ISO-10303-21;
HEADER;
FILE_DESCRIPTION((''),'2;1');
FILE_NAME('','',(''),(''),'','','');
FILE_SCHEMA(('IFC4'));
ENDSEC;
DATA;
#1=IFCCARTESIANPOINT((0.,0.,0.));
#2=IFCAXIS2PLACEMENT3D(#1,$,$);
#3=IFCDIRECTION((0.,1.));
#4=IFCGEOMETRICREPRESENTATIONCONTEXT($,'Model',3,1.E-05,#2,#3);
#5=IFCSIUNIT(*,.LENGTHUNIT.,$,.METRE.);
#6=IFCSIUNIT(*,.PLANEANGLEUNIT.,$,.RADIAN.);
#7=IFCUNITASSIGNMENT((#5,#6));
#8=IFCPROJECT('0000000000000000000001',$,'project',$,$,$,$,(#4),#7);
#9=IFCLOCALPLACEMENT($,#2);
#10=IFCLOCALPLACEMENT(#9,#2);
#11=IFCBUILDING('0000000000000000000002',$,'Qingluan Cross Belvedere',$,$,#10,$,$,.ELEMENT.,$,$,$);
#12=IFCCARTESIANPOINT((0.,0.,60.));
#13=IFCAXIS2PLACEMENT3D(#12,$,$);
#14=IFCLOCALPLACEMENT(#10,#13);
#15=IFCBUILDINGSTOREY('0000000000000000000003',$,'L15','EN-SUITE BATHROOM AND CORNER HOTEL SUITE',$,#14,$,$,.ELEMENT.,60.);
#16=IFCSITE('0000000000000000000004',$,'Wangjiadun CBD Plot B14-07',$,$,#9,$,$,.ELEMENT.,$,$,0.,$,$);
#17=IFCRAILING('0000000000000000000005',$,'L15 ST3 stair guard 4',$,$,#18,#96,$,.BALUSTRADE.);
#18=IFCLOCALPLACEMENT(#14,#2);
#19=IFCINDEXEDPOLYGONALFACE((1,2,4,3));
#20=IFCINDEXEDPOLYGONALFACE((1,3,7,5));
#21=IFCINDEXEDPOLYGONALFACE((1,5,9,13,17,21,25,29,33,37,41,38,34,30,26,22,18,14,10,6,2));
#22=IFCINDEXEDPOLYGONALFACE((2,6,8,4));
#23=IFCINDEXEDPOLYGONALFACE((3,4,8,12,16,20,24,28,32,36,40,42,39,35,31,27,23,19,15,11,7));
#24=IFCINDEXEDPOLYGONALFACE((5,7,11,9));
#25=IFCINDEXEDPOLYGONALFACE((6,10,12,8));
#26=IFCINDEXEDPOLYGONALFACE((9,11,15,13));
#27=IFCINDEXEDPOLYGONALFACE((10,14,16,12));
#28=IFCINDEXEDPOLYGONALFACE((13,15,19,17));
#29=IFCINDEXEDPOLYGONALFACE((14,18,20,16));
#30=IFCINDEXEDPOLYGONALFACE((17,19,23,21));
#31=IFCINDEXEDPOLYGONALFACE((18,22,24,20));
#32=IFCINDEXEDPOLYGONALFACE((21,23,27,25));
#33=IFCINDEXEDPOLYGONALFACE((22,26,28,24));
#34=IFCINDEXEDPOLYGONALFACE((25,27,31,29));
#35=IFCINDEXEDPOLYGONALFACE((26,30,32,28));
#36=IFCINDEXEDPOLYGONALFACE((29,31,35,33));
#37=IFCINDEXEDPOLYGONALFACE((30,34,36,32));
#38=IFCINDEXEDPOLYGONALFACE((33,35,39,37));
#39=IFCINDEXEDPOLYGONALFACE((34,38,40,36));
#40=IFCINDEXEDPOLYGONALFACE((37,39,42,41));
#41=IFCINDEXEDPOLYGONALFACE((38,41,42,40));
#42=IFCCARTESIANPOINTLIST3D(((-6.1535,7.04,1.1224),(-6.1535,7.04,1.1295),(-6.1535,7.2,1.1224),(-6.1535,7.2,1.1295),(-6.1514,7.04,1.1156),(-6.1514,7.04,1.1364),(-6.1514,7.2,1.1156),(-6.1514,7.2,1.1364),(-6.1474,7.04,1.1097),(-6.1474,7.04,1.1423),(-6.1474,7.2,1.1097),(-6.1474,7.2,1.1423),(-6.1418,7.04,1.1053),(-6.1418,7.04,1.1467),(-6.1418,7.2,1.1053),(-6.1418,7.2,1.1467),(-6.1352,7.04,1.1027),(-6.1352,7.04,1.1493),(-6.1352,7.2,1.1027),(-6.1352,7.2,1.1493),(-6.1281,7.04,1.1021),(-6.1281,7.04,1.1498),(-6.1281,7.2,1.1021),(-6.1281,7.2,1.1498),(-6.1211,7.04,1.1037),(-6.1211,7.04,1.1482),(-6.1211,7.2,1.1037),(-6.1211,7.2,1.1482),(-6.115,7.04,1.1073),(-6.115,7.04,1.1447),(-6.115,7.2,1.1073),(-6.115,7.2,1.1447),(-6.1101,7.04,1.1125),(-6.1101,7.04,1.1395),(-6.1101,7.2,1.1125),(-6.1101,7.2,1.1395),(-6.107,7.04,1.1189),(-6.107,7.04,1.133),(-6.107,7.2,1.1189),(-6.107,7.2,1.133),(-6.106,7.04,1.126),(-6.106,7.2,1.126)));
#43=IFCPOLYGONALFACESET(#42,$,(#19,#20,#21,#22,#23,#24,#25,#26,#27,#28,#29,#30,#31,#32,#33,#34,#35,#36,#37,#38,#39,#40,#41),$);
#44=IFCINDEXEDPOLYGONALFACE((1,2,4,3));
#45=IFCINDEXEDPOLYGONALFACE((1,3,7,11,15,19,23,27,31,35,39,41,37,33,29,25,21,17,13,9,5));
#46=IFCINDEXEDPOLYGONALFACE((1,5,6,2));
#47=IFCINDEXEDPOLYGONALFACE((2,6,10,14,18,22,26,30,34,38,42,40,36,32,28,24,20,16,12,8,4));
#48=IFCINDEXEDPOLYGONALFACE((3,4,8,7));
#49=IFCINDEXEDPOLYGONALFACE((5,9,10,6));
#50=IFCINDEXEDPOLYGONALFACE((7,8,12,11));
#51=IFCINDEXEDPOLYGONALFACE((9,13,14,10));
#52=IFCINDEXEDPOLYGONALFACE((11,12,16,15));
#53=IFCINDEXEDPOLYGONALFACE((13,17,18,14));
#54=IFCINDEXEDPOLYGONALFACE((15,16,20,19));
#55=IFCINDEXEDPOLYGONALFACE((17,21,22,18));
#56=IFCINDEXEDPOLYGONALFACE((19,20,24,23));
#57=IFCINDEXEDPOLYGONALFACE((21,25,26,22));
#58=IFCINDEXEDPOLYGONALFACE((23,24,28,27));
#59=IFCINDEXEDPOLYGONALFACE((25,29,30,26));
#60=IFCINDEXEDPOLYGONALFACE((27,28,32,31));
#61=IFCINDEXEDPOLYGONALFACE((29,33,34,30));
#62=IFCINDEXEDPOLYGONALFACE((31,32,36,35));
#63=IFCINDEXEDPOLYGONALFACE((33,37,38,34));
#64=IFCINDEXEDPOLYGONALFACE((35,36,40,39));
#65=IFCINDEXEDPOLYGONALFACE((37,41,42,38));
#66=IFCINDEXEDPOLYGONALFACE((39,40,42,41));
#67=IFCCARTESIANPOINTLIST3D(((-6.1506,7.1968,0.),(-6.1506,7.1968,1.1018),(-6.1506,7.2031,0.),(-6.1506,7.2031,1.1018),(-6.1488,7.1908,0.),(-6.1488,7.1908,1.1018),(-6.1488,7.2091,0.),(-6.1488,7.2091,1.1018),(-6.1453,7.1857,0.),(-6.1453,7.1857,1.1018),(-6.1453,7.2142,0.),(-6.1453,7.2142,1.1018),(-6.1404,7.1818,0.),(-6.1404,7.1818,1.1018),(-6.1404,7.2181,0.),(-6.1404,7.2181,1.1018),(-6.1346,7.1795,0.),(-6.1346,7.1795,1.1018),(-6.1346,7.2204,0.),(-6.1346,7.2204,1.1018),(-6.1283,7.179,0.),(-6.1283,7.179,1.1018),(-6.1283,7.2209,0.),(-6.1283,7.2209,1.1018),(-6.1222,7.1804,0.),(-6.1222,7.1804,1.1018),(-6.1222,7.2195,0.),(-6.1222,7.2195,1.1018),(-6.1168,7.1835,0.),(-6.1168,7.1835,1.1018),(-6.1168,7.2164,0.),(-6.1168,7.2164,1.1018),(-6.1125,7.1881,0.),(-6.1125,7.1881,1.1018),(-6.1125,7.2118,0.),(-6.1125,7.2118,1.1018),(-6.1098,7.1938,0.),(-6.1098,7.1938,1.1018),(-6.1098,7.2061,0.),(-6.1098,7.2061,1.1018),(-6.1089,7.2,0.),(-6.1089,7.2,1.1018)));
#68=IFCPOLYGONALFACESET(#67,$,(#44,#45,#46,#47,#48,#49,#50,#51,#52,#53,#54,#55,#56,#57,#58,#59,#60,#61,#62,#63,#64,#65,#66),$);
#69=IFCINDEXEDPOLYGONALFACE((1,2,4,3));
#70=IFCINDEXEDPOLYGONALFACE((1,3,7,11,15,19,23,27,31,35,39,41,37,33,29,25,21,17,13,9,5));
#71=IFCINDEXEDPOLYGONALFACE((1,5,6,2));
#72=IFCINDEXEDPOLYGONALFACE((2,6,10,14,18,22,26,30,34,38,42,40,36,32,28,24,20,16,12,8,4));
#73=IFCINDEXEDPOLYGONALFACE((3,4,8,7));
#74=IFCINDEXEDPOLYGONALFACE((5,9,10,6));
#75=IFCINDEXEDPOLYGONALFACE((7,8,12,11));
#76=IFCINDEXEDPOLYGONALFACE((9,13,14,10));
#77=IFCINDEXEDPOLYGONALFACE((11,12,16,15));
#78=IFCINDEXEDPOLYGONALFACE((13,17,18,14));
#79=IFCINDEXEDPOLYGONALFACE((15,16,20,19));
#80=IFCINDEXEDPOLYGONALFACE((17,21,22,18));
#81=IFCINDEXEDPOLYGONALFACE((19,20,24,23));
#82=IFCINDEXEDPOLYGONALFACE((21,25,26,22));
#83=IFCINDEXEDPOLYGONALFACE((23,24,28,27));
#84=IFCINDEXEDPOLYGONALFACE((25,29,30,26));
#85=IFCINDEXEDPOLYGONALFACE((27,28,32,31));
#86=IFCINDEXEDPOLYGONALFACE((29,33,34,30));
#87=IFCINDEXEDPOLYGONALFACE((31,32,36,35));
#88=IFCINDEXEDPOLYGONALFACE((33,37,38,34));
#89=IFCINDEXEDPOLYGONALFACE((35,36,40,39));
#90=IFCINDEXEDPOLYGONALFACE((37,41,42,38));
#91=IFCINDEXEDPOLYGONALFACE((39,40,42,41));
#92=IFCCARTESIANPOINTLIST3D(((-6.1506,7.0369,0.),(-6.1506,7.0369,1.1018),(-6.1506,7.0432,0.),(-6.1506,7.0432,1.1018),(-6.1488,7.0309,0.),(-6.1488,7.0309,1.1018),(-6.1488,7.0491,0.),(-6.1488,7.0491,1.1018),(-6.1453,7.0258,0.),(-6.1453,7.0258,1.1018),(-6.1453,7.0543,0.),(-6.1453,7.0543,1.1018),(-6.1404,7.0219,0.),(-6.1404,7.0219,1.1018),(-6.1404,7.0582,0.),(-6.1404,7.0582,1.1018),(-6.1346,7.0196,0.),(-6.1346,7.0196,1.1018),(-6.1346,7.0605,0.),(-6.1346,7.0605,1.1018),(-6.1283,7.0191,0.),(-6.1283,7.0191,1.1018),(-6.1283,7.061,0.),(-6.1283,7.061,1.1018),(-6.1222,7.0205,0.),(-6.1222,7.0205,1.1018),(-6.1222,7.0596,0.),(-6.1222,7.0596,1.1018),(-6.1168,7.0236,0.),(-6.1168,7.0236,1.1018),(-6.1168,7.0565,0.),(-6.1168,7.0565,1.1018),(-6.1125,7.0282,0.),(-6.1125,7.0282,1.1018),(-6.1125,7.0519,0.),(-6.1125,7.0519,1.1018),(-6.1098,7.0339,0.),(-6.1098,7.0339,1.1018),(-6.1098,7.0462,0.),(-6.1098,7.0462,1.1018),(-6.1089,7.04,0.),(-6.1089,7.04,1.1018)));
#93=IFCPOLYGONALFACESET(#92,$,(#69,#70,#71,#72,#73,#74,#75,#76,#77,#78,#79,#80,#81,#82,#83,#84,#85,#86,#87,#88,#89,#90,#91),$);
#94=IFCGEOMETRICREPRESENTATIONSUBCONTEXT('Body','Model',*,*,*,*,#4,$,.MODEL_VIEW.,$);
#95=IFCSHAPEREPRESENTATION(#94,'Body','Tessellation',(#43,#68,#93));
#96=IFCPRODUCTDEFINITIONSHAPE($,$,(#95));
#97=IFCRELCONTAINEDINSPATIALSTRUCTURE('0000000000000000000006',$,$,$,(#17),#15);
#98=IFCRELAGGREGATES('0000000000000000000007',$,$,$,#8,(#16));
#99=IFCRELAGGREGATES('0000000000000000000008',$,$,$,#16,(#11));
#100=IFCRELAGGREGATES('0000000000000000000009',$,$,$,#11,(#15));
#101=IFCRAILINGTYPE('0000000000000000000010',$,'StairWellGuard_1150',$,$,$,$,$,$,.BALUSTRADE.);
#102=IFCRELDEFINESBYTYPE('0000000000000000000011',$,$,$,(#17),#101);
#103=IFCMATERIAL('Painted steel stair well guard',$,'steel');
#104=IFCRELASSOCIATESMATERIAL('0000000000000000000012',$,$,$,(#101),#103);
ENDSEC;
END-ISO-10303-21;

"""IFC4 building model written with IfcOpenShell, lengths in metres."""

from ifc_helpers import new_model, si_unit, direction, frame, origin, origin_2d, place, context, subcontext, project, spatial, circle, extrude, material, type_object, element, save


model = new_model("IFC4")

# Units and contexts
model_context = context("Model", 3, precision=1e-05, world=origin(), true_north=direction((0.0, 1.0)))
body_context = subcontext(model_context, "Body", "Model", "MODEL_VIEW")
ifc_project = project(units=[si_unit("LENGTHUNIT", "METRE"), si_unit("PLANEANGLEUNIT", "RADIAN")], contexts=[model_context])

# Site, building, storey
site_placement = place(None, origin())
site = spatial("IfcSite", under=ifc_project, at=site_placement, Name="Wangjiadun CBD Plot B14-07", CompositionType="ELEMENT", RefElevation=0.0)
building_placement = place(site_placement, origin())
building = spatial("IfcBuilding", under=site, at=building_placement, Name="Qingluan Cross Belvedere", CompositionType="ELEMENT")
storey_placement = place(building_placement, frame((0.0, 0.0, 60.0)))
storey = spatial("IfcBuildingStorey", under=building, at=storey_placement, Name="L15", Description="EN-SUITE BATHROOM AND CORNER HOTEL SUITE", CompositionType="ELEMENT", Elevation=60.0)

# Railing
ifc_material_1 = material(Name="Painted steel stair well guard", Category="steel")
railing_type_1 = type_object("IfcRailingType", Name="StairWellGuard_1150", PredefinedType="BALUSTRADE", material=ifc_material_1)
railing_1_placement = place(storey_placement, frame((-6.1299, 7.2, 0.0)))
element("IfcRailing", 1, at=railing_1_placement, inside=storey, type_object=railing_type_1, Name="L15 ST3 stair guard 4", PredefinedType="BALUSTRADE", context=body_context, shape_type="SweptSolid", body=[
    extrude(circle(Radius=0.0239, at=origin_2d()), frame((0.0, 0.0, 1.126), z_axis=(0.0, -1.0, 0.0), x_axis=(1.0, 0.0, 0.0)), (0.0, 0.0, 1.0), 0.1599),
    extrude(circle(Radius=0.021, at=origin_2d()), origin(), (0.0, 0.0, 1.0), 1.1018),
    extrude(circle(Radius=0.021, at=origin_2d()), frame((0.0, -0.1599, 0.0)), (0.0, 0.0, 1.0), 1.1018),
])

save(model, "model.ifc")
